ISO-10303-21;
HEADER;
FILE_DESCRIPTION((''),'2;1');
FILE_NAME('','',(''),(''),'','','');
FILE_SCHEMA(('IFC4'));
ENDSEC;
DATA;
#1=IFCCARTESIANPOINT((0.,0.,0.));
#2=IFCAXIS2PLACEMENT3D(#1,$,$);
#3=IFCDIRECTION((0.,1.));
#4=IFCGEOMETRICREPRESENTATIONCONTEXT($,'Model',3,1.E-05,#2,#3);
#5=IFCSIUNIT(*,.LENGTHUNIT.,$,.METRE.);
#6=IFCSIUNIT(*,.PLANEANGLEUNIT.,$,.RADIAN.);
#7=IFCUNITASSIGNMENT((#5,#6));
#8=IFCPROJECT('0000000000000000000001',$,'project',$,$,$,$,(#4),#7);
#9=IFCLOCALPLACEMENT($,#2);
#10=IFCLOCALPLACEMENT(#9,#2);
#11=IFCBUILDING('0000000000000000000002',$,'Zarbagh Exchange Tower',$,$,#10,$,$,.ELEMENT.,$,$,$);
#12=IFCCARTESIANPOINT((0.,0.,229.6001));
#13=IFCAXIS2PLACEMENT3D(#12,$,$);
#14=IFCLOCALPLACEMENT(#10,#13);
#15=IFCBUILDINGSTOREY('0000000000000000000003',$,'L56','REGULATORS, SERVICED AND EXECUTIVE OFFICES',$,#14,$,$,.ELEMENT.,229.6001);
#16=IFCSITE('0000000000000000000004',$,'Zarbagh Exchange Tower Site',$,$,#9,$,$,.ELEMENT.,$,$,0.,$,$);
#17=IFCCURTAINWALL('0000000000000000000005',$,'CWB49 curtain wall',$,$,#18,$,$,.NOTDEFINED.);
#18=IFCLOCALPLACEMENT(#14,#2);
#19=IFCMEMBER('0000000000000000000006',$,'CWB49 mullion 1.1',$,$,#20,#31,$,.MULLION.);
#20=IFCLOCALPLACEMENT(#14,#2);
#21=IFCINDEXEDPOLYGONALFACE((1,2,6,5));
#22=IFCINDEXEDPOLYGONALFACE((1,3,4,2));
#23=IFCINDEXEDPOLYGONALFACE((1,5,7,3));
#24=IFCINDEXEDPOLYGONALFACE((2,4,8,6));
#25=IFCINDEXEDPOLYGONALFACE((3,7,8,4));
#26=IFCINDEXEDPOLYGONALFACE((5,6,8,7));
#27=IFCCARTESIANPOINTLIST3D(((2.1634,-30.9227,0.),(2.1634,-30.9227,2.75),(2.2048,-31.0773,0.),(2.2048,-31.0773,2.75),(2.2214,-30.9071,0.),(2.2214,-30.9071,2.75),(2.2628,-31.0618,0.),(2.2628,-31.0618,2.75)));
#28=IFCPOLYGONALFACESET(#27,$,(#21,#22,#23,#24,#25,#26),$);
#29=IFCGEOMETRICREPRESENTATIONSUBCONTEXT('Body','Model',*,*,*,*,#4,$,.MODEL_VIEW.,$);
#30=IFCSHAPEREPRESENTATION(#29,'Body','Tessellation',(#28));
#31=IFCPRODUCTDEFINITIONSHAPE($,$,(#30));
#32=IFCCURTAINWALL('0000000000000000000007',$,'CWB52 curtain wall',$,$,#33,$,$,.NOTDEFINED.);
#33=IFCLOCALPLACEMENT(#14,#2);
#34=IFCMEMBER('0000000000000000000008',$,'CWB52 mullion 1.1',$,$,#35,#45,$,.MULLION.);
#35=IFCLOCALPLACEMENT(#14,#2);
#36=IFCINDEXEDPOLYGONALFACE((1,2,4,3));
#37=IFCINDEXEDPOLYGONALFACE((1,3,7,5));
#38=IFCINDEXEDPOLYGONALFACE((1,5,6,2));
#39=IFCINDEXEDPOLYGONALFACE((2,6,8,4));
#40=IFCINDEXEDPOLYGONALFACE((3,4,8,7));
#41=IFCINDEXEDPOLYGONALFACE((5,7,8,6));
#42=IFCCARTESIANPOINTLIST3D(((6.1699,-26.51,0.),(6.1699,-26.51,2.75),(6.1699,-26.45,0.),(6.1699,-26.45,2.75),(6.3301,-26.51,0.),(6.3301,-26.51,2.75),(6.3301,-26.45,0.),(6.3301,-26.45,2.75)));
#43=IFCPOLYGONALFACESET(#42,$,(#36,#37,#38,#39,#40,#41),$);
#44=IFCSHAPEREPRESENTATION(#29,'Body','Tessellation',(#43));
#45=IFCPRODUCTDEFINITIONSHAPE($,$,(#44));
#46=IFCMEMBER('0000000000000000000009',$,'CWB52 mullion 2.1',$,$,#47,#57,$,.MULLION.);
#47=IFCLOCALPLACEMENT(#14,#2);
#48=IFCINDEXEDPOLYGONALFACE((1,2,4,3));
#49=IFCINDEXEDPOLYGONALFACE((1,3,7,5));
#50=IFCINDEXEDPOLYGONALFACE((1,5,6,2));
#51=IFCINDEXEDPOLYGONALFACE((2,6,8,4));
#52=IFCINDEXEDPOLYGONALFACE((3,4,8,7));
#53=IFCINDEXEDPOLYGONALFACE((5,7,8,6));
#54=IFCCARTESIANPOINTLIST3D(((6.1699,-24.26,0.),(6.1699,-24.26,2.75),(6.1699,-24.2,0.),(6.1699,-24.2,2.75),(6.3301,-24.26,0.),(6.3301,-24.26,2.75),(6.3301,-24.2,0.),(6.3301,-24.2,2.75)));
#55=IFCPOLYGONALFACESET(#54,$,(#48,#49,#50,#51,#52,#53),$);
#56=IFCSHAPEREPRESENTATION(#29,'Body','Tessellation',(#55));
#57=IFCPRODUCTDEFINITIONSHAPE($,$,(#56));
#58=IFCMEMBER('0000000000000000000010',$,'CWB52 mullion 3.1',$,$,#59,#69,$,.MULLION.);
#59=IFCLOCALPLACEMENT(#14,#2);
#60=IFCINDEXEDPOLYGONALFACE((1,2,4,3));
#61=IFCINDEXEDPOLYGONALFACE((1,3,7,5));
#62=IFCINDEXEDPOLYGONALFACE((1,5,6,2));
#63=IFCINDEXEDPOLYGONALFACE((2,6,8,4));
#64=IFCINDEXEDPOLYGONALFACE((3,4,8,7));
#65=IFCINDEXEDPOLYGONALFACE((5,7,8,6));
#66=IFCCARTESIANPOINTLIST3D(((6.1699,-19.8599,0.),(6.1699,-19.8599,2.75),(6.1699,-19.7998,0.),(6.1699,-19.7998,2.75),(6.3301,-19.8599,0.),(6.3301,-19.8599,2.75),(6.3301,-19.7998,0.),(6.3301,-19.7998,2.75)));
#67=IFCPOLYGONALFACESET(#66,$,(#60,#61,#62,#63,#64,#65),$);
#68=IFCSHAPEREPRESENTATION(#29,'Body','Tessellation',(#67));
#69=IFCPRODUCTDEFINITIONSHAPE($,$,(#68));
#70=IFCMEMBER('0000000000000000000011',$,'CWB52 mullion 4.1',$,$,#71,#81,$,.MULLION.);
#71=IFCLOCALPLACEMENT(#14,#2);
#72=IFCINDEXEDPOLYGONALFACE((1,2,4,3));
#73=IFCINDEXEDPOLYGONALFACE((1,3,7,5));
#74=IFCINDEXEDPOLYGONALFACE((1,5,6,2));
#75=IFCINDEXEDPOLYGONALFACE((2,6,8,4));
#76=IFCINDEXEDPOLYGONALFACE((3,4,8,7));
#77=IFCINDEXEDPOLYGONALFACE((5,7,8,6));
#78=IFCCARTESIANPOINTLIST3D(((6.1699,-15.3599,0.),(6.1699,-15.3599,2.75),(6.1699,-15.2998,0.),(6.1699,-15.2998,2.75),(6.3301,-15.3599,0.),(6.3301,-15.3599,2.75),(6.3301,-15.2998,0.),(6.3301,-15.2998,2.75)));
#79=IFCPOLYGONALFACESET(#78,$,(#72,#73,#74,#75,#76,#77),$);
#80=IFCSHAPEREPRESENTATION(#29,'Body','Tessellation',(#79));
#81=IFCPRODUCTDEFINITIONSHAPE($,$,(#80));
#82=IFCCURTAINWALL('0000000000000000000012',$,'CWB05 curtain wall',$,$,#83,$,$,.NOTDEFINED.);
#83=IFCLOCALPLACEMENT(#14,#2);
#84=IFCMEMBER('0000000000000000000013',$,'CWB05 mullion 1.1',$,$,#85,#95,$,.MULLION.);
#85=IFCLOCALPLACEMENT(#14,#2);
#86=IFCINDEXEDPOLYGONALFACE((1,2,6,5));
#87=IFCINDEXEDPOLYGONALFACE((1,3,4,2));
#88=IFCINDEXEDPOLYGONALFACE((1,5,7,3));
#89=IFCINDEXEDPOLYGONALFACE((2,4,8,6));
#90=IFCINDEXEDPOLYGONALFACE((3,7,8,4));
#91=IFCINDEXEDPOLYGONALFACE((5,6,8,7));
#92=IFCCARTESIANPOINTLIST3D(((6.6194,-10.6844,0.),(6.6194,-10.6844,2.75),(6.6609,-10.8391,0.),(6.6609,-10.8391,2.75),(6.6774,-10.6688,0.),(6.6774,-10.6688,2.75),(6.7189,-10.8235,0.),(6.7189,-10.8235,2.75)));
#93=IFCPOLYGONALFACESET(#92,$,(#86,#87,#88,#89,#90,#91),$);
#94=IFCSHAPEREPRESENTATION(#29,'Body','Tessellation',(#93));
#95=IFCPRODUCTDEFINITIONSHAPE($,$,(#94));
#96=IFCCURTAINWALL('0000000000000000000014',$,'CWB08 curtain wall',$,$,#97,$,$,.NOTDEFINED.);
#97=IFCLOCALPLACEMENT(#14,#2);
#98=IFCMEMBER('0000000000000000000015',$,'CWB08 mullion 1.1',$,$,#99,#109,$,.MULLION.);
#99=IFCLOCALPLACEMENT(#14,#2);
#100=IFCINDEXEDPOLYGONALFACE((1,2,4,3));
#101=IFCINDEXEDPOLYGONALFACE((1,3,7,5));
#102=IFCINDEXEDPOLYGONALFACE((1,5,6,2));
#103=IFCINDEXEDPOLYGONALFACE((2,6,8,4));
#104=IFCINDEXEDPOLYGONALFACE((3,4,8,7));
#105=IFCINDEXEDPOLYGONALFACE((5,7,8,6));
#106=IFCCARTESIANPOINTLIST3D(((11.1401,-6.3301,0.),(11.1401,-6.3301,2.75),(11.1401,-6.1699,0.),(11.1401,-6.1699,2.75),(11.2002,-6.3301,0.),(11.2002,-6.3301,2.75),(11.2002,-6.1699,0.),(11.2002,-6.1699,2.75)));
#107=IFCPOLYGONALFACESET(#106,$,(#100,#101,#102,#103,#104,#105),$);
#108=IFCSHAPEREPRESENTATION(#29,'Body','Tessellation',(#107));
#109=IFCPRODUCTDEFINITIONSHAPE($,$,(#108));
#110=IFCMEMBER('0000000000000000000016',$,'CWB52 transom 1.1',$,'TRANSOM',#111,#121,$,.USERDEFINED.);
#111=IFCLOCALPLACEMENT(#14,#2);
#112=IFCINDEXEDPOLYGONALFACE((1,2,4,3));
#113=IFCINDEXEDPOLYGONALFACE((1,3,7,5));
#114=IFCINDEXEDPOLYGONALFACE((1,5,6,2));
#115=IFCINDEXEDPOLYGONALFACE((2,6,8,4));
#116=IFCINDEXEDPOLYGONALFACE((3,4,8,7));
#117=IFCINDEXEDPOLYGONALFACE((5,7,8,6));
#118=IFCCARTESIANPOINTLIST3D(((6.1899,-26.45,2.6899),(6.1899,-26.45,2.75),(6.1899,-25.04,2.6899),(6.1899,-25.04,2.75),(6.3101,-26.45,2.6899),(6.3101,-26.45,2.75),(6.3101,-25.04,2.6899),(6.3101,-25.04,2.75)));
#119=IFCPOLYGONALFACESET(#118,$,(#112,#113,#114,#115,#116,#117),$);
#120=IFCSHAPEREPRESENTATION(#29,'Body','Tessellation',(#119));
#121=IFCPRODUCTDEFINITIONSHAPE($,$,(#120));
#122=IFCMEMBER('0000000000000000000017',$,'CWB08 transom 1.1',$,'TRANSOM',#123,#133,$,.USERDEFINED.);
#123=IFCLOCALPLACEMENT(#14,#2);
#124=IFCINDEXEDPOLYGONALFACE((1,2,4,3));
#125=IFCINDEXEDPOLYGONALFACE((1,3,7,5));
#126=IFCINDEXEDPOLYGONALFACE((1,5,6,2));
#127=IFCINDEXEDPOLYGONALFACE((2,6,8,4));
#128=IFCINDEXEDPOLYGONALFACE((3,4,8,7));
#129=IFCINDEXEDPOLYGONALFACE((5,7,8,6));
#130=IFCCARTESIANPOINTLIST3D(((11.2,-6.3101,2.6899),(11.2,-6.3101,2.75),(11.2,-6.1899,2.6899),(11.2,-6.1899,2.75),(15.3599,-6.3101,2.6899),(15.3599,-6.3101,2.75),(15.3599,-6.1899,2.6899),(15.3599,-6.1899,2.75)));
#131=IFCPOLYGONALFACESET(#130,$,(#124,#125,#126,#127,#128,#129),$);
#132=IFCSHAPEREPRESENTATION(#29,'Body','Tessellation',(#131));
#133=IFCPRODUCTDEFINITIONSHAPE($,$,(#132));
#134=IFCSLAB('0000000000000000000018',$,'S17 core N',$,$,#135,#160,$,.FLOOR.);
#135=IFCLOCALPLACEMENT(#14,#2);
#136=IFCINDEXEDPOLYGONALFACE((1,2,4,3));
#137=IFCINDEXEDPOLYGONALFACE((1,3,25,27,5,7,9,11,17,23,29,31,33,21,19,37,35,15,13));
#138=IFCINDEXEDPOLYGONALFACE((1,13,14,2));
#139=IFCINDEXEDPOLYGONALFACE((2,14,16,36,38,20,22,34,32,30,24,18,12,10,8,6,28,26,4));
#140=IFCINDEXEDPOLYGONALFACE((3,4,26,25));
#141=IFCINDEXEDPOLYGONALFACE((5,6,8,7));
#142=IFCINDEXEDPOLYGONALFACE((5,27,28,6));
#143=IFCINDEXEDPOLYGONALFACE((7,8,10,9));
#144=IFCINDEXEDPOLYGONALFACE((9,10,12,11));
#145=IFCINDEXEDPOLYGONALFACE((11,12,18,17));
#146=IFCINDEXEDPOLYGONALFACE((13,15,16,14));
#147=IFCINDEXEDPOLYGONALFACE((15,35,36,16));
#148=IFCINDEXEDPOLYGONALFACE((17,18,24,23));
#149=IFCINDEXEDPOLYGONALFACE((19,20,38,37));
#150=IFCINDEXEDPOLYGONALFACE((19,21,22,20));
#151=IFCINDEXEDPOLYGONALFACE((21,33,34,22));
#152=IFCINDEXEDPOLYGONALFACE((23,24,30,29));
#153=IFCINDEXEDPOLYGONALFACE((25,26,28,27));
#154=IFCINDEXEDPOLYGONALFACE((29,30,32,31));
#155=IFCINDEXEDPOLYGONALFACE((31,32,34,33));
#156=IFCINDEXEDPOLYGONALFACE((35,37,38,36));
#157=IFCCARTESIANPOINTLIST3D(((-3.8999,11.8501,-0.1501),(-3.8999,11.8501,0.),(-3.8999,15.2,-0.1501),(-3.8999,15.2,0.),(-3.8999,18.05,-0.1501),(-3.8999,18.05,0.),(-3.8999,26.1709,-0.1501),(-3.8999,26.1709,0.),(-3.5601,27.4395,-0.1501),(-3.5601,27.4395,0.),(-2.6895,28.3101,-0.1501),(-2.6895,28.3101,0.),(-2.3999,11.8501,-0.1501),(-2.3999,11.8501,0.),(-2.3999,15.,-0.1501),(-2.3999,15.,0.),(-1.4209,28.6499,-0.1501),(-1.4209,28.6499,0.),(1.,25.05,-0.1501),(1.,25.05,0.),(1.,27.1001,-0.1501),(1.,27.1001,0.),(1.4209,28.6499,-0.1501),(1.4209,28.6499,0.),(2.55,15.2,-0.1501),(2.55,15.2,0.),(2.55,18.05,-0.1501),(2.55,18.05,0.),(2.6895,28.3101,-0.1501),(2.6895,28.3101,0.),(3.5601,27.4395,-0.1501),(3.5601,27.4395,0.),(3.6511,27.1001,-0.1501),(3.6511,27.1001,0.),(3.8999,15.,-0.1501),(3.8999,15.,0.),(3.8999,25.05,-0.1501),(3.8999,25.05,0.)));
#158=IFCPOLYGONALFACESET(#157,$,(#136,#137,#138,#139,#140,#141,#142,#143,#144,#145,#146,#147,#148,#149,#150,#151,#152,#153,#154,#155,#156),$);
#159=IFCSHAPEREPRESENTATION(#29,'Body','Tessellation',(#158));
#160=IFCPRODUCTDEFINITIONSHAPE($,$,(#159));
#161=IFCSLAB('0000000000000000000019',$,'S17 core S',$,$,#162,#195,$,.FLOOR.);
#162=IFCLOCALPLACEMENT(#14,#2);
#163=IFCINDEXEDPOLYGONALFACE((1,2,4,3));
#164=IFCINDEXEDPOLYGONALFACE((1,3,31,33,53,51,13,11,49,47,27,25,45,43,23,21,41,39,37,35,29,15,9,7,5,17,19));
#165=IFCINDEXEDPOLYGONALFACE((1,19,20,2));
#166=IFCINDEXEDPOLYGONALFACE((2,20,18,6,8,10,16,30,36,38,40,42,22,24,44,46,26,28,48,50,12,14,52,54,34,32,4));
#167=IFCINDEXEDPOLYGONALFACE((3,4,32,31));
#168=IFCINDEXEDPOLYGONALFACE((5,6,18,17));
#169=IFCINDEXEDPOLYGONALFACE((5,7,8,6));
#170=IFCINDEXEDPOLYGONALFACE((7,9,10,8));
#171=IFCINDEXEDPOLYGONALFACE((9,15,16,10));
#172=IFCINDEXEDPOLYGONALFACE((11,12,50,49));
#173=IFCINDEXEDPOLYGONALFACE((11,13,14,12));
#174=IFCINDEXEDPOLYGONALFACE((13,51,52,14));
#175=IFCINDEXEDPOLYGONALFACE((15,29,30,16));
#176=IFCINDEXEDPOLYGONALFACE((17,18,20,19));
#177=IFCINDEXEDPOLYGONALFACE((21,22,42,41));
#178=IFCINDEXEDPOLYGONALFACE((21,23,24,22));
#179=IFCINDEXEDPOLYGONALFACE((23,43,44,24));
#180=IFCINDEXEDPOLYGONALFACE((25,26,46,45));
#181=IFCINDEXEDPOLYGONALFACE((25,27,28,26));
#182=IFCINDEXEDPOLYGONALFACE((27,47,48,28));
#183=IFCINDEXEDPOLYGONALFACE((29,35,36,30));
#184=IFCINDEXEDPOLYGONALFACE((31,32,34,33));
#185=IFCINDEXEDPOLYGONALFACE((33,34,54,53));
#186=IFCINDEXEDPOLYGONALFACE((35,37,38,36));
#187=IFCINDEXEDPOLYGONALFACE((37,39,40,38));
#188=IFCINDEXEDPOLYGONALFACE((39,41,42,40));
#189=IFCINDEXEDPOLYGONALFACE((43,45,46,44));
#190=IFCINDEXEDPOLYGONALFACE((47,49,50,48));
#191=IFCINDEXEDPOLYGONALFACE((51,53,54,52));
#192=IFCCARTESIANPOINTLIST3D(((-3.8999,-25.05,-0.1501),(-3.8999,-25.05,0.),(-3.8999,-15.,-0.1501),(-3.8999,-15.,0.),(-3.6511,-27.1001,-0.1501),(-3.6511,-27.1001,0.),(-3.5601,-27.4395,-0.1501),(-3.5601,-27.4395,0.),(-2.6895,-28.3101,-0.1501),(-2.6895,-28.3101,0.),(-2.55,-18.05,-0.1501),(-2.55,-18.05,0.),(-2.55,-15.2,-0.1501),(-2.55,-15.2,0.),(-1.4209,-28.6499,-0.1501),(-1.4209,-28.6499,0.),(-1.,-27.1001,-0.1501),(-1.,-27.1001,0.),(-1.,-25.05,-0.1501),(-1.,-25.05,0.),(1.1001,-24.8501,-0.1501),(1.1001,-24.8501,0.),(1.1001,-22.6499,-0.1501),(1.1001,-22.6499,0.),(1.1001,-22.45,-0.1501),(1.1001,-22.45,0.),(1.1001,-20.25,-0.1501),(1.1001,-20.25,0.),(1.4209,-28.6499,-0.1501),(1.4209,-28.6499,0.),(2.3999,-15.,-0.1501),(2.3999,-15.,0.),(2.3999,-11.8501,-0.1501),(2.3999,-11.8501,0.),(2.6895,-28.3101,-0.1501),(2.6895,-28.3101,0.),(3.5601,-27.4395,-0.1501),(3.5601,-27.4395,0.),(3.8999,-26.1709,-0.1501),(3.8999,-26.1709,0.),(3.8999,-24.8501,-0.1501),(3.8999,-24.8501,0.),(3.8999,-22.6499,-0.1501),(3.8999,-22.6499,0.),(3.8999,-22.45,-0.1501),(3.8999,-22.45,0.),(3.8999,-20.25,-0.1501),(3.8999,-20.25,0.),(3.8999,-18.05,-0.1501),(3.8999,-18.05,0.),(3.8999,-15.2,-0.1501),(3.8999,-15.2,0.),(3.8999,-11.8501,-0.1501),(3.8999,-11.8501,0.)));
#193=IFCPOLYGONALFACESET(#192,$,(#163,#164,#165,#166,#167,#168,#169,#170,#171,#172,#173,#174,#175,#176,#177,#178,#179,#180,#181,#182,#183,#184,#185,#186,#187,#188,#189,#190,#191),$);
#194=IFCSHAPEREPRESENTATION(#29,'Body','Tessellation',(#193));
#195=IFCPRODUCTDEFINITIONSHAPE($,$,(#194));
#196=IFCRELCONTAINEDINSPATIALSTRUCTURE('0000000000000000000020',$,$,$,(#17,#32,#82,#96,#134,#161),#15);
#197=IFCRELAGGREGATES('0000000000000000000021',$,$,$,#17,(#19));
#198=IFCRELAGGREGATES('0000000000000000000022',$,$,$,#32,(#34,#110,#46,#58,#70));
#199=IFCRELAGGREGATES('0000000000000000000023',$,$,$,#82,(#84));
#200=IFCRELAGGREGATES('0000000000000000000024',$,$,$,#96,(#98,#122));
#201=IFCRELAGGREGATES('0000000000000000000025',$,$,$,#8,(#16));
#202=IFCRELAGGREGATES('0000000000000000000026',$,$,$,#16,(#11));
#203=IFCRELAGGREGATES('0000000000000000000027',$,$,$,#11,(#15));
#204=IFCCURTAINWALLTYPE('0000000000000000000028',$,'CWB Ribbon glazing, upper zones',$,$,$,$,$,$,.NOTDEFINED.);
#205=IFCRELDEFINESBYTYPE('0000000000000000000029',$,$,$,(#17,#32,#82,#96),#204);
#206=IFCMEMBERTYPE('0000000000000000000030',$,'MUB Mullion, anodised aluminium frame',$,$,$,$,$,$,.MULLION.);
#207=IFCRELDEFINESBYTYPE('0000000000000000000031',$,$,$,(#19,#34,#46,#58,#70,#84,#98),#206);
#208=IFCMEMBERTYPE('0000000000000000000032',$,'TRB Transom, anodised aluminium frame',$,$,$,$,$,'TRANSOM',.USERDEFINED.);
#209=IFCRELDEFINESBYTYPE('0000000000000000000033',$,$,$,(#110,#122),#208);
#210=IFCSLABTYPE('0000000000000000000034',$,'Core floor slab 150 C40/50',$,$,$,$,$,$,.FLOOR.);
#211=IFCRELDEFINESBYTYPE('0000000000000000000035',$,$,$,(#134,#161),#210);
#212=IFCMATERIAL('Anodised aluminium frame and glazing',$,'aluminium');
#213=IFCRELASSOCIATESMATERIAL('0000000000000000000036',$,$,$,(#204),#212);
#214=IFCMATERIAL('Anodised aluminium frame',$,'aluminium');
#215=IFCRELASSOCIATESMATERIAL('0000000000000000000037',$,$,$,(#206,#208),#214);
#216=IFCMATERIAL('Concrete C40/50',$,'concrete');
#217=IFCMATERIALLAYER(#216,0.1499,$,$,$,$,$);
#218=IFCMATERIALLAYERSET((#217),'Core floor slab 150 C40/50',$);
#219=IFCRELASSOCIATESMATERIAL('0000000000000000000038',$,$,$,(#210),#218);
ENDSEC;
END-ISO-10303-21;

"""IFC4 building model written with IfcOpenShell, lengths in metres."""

from ifc_helpers import new_model, si_unit, direction, frame, origin, place, context, subcontext, project, spatial, polyline, outline, extrude, source, transform, mapped, material, layer, layer_set, type_object, element, aggregate, save


model = new_model("IFC4")

# Units and contexts
model_context = context("Model", 3, precision=1e-05, world=origin(), true_north=direction((0.0, 1.0)))
body_context = subcontext(model_context, "Body", "Model", "MODEL_VIEW")
ifc_project = project(units=[si_unit("LENGTHUNIT", "METRE"), si_unit("PLANEANGLEUNIT", "RADIAN")], contexts=[model_context])

# Site, building, storey
site_placement = place(None, origin())
site = spatial("IfcSite", under=ifc_project, at=site_placement, Name="Zarbagh Exchange Tower Site", CompositionType="ELEMENT", RefElevation=0.0)
building_placement = place(site_placement, origin())
building = spatial("IfcBuilding", under=site, at=building_placement, Name="Zarbagh Exchange Tower", CompositionType="ELEMENT")
storey_placement = place(building_placement, frame((0.0, 0.0, 229.6001)))
storey = spatial("IfcBuildingStorey", under=building, at=storey_placement, Name="L56", Description="REGULATORS, SERVICED AND EXECUTIVE OFFICES", CompositionType="ELEMENT", Elevation=229.6001)

# Curtain wall, member
ifc_material_1 = material(Name="Anodised aluminium frame and glazing", Category="aluminium")
curtain_wall_type = type_object("IfcCurtainWallType", Name="CWB Ribbon glazing, upper zones", PredefinedType="NOTDEFINED", material=ifc_material_1)
curtain_wall_1_placement = place(storey_placement, origin())
curtain_wall_1 = element("IfcCurtainWall", 1, at=curtain_wall_1_placement, inside=storey, type_object=curtain_wall_type, Name="CWB49 curtain wall", PredefinedType="NOTDEFINED")
ifc_material_2 = material(Name="Anodised aluminium frame", Category="aluminium")
member_type_1 = type_object("IfcMemberType", Name="MUB Mullion, anodised aluminium frame", PredefinedType="MULLION", material=ifc_material_2)
shared_shape_1 = source(origin(), body_context, "Body", "SweptSolid", [
    extrude(outline(polyline([(0.0, -0.0801), (0.0601, -0.0801), (0.0601, 0.0801), (0.0, 0.0801), (0.0, -0.0801)])), origin(), (0.0, 0.0, 1.0), 2.75),
])
placement = place(storey_placement, origin())
member_1 = element("IfcMember", 2, at=placement, type_object=member_type_1, Name="CWB49 mullion 1.1", PredefinedType="MULLION", context=body_context, shape_type="MappedRepresentation", body=[
    mapped(shared_shape_1, transform((2.1841, -31.0, 0.0), x_axis=(0.965924, 0.258825, 0.0), y_axis=(-0.258825, 0.965924, 0.0), z_axis=(0.0, 0.0, 1.0))),
])

# Curtain wall, members
curtain_wall_2_placement = place(storey_placement, origin())
curtain_wall_2 = element("IfcCurtainWall", 3, at=curtain_wall_2_placement, inside=storey, type_object=curtain_wall_type, Name="CWB52 curtain wall", PredefinedType="NOTDEFINED")
member_2 = element("IfcMember", 4, at=placement, type_object=member_type_1, Name="CWB52 mullion 1.1", PredefinedType="MULLION", context=body_context, shape_type="MappedRepresentation", body=[
    mapped(shared_shape_1, transform((6.25, -26.51, 0.0), x_axis=(0.0, 1.0, 0.0), y_axis=(-1.0, 0.0, 0.0), z_axis=(0.0, 0.0, 1.0))),
])
member_3 = element("IfcMember", 5, at=placement, type_object=member_type_1, Name="CWB52 mullion 2.1", PredefinedType="MULLION", context=body_context, shape_type="MappedRepresentation", body=[
    mapped(shared_shape_1, transform((6.25, -24.26, 0.0), x_axis=(0.0, 1.0, 0.0), y_axis=(-1.0, 0.0, 0.0), z_axis=(0.0, 0.0, 1.0))),
])
member_4 = element("IfcMember", 6, at=placement, type_object=member_type_1, Name="CWB52 mullion 3.1", PredefinedType="MULLION", context=body_context, shape_type="MappedRepresentation", body=[
    mapped(shared_shape_1, transform((6.25, -19.8599, 0.0), x_axis=(0.0, 1.0, 0.0), y_axis=(-1.0, 0.0, 0.0), z_axis=(0.0, 0.0, 1.0))),
])
member_5 = element("IfcMember", 7, at=placement, type_object=member_type_1, Name="CWB52 mullion 4.1", PredefinedType="MULLION", context=body_context, shape_type="MappedRepresentation", body=[
    mapped(shared_shape_1, transform((6.25, -15.3599, 0.0), x_axis=(0.0, 1.0, 0.0), y_axis=(-1.0, 0.0, 0.0), z_axis=(0.0, 0.0, 1.0))),
])

# Curtain walls, members
curtain_wall_3_placement = place(storey_placement, origin())
curtain_wall_3 = element("IfcCurtainWall", 8, at=curtain_wall_3_placement, inside=storey, type_object=curtain_wall_type, Name="CWB05 curtain wall", PredefinedType="NOTDEFINED")
member_6 = element("IfcMember", 9, at=placement, type_object=member_type_1, Name="CWB05 mullion 1.1", PredefinedType="MULLION", context=body_context, shape_type="MappedRepresentation", body=[
    mapped(shared_shape_1, transform((6.6401, -10.7617, 0.0), x_axis=(0.965924, 0.258825, 0.0), y_axis=(-0.258825, 0.965924, 0.0), z_axis=(0.0, 0.0, 1.0))),
])
curtain_wall_4_placement = place(storey_placement, origin())
curtain_wall_4 = element("IfcCurtainWall", 10, at=curtain_wall_4_placement, inside=storey, type_object=curtain_wall_type, Name="CWB08 curtain wall", PredefinedType="NOTDEFINED")
member_7 = element("IfcMember", 11, at=placement, type_object=member_type_1, Name="CWB08 mullion 1.1", PredefinedType="MULLION", context=body_context, shape_type="MappedRepresentation", body=[
    mapped(shared_shape_1, transform((11.1401, -6.25, 0.0), x_axis=(1.0, 0.0, 0.0), y_axis=(0.0, 1.0, 0.0), z_axis=(0.0, 0.0, 1.0))),
])

# Members
member_type_2 = type_object("IfcMemberType", Name="TRB Transom, anodised aluminium frame", ElementType="TRANSOM", PredefinedType="USERDEFINED", material=ifc_material_2)
shared_shape_2 = source(origin(), body_context, "Body", "SweptSolid", [
    extrude(outline(polyline([(-0.0601, -0.0601), (0.0, -0.0601), (0.0, 0.0601), (-0.0601, 0.0601), (-0.0601, -0.0601)])), origin(), (0.0, 0.0, 1.0), 1.4099),
])
member_8 = element("IfcMember", 12, at=placement, type_object=member_type_2, Name="CWB52 transom 1.1", ObjectType="TRANSOM", PredefinedType="USERDEFINED", context=body_context, shape_type="MappedRepresentation", body=[
    mapped(shared_shape_2, transform((6.25, -26.45, 2.75), x_axis=(0.0, 0.0, 1.0), y_axis=(1.0, 0.0, 0.0), z_axis=(0.0, 1.0, 0.0))),
])
shared_shape_3 = source(origin(), body_context, "Body", "SweptSolid", [
    extrude(outline(polyline([(-0.0601, -0.0601), (0.0, -0.0601), (0.0, 0.0601), (-0.0601, 0.0601), (-0.0601, -0.0601)])), origin(), (0.0, 0.0, 1.0), 4.1599),
])
member_9 = element("IfcMember", 13, at=placement, type_object=member_type_2, Name="CWB08 transom 1.1", ObjectType="TRANSOM", PredefinedType="USERDEFINED", context=body_context, shape_type="MappedRepresentation", body=[
    mapped(shared_shape_3, transform((11.2, -6.25, 2.75), x_axis=(0.0, 0.0, 1.0), y_axis=(0.0, -1.0, 0.0), z_axis=(1.0, 0.0, 0.0))),
])

# Slabs
ifc_material_3 = material(Name="Concrete C40/50", Category="concrete")
ifc_layer_1 = layer(ifc_material_3, 0.1499)
ifc_layer_set_1 = layer_set([ifc_layer_1], Name="Core floor slab 150 C40/50")
slab_type = type_object("IfcSlabType", Name="Core floor slab 150 C40/50", PredefinedType="FLOOR", material=ifc_layer_set_1)
slab_1_placement = place(storey_placement, frame((0.0, 0.0, -0.1501)))
element("IfcSlab", 14, at=slab_1_placement, inside=storey, type_object=slab_type, Name="S17 core N", PredefinedType="FLOOR", context=body_context, shape_type="SweptSolid", body=[
    extrude(outline(polyline([(-3.8999, 11.8501), (-3.8999, 15.2), (2.55, 15.2), (2.55, 18.05), (-3.8999, 18.05), (-3.8999, 26.1709), (-3.5601, 27.4395), (-2.6895, 28.3101), (-1.4209, 28.6499), (1.4209, 28.6499), (2.6895, 28.3101), (3.5601, 27.4395), (3.6511, 27.1001), (1.0, 27.1001), (1.0, 25.05), (3.8999, 25.05), (3.8999, 15.0), (-2.3999, 15.0), (-2.3999, 11.8501), (-3.8999, 11.8501)])), origin(), (0.0, 0.0, 1.0), 0.1501),
])
slab_2_placement = place(storey_placement, frame((0.0, 0.0, -0.1501)))
element("IfcSlab", 15, at=slab_2_placement, inside=storey, type_object=slab_type, Name="S17 core S", PredefinedType="FLOOR", context=body_context, shape_type="SweptSolid", body=[
    extrude(outline(polyline([(-2.6895, -28.3101), (-3.5601, -27.4395), (-3.6511, -27.1001), (-1.0, -27.1001), (-1.0, -25.05), (-3.8999, -25.05), (-3.8999, -15.0), (2.3999, -15.0), (2.3999, -11.8501), (3.8999, -11.8501), (3.8999, -15.2), (-2.55, -15.2), (-2.55, -18.05), (3.8999, -18.05), (3.8999, -20.25), (1.1001, -20.25), (1.1001, -22.45), (3.8999, -22.45), (3.8999, -22.6499), (1.1001, -22.6499), (1.1001, -24.8501), (3.8999, -24.8501), (3.8999, -26.1709), (3.5601, -27.4395), (2.6895, -28.3101), (1.4209, -28.6499), (-1.4209, -28.6499), (-2.6895, -28.3101)])), origin(), (0.0, 0.0, 1.0), 0.1501),
])

aggregate(curtain_wall_1, [member_1])

aggregate(curtain_wall_2, [member_2, member_8, member_3, member_4, member_5])
aggregate(curtain_wall_3, [member_6])

aggregate(curtain_wall_4, [member_7, member_9])

save(model, "model.ifc")
